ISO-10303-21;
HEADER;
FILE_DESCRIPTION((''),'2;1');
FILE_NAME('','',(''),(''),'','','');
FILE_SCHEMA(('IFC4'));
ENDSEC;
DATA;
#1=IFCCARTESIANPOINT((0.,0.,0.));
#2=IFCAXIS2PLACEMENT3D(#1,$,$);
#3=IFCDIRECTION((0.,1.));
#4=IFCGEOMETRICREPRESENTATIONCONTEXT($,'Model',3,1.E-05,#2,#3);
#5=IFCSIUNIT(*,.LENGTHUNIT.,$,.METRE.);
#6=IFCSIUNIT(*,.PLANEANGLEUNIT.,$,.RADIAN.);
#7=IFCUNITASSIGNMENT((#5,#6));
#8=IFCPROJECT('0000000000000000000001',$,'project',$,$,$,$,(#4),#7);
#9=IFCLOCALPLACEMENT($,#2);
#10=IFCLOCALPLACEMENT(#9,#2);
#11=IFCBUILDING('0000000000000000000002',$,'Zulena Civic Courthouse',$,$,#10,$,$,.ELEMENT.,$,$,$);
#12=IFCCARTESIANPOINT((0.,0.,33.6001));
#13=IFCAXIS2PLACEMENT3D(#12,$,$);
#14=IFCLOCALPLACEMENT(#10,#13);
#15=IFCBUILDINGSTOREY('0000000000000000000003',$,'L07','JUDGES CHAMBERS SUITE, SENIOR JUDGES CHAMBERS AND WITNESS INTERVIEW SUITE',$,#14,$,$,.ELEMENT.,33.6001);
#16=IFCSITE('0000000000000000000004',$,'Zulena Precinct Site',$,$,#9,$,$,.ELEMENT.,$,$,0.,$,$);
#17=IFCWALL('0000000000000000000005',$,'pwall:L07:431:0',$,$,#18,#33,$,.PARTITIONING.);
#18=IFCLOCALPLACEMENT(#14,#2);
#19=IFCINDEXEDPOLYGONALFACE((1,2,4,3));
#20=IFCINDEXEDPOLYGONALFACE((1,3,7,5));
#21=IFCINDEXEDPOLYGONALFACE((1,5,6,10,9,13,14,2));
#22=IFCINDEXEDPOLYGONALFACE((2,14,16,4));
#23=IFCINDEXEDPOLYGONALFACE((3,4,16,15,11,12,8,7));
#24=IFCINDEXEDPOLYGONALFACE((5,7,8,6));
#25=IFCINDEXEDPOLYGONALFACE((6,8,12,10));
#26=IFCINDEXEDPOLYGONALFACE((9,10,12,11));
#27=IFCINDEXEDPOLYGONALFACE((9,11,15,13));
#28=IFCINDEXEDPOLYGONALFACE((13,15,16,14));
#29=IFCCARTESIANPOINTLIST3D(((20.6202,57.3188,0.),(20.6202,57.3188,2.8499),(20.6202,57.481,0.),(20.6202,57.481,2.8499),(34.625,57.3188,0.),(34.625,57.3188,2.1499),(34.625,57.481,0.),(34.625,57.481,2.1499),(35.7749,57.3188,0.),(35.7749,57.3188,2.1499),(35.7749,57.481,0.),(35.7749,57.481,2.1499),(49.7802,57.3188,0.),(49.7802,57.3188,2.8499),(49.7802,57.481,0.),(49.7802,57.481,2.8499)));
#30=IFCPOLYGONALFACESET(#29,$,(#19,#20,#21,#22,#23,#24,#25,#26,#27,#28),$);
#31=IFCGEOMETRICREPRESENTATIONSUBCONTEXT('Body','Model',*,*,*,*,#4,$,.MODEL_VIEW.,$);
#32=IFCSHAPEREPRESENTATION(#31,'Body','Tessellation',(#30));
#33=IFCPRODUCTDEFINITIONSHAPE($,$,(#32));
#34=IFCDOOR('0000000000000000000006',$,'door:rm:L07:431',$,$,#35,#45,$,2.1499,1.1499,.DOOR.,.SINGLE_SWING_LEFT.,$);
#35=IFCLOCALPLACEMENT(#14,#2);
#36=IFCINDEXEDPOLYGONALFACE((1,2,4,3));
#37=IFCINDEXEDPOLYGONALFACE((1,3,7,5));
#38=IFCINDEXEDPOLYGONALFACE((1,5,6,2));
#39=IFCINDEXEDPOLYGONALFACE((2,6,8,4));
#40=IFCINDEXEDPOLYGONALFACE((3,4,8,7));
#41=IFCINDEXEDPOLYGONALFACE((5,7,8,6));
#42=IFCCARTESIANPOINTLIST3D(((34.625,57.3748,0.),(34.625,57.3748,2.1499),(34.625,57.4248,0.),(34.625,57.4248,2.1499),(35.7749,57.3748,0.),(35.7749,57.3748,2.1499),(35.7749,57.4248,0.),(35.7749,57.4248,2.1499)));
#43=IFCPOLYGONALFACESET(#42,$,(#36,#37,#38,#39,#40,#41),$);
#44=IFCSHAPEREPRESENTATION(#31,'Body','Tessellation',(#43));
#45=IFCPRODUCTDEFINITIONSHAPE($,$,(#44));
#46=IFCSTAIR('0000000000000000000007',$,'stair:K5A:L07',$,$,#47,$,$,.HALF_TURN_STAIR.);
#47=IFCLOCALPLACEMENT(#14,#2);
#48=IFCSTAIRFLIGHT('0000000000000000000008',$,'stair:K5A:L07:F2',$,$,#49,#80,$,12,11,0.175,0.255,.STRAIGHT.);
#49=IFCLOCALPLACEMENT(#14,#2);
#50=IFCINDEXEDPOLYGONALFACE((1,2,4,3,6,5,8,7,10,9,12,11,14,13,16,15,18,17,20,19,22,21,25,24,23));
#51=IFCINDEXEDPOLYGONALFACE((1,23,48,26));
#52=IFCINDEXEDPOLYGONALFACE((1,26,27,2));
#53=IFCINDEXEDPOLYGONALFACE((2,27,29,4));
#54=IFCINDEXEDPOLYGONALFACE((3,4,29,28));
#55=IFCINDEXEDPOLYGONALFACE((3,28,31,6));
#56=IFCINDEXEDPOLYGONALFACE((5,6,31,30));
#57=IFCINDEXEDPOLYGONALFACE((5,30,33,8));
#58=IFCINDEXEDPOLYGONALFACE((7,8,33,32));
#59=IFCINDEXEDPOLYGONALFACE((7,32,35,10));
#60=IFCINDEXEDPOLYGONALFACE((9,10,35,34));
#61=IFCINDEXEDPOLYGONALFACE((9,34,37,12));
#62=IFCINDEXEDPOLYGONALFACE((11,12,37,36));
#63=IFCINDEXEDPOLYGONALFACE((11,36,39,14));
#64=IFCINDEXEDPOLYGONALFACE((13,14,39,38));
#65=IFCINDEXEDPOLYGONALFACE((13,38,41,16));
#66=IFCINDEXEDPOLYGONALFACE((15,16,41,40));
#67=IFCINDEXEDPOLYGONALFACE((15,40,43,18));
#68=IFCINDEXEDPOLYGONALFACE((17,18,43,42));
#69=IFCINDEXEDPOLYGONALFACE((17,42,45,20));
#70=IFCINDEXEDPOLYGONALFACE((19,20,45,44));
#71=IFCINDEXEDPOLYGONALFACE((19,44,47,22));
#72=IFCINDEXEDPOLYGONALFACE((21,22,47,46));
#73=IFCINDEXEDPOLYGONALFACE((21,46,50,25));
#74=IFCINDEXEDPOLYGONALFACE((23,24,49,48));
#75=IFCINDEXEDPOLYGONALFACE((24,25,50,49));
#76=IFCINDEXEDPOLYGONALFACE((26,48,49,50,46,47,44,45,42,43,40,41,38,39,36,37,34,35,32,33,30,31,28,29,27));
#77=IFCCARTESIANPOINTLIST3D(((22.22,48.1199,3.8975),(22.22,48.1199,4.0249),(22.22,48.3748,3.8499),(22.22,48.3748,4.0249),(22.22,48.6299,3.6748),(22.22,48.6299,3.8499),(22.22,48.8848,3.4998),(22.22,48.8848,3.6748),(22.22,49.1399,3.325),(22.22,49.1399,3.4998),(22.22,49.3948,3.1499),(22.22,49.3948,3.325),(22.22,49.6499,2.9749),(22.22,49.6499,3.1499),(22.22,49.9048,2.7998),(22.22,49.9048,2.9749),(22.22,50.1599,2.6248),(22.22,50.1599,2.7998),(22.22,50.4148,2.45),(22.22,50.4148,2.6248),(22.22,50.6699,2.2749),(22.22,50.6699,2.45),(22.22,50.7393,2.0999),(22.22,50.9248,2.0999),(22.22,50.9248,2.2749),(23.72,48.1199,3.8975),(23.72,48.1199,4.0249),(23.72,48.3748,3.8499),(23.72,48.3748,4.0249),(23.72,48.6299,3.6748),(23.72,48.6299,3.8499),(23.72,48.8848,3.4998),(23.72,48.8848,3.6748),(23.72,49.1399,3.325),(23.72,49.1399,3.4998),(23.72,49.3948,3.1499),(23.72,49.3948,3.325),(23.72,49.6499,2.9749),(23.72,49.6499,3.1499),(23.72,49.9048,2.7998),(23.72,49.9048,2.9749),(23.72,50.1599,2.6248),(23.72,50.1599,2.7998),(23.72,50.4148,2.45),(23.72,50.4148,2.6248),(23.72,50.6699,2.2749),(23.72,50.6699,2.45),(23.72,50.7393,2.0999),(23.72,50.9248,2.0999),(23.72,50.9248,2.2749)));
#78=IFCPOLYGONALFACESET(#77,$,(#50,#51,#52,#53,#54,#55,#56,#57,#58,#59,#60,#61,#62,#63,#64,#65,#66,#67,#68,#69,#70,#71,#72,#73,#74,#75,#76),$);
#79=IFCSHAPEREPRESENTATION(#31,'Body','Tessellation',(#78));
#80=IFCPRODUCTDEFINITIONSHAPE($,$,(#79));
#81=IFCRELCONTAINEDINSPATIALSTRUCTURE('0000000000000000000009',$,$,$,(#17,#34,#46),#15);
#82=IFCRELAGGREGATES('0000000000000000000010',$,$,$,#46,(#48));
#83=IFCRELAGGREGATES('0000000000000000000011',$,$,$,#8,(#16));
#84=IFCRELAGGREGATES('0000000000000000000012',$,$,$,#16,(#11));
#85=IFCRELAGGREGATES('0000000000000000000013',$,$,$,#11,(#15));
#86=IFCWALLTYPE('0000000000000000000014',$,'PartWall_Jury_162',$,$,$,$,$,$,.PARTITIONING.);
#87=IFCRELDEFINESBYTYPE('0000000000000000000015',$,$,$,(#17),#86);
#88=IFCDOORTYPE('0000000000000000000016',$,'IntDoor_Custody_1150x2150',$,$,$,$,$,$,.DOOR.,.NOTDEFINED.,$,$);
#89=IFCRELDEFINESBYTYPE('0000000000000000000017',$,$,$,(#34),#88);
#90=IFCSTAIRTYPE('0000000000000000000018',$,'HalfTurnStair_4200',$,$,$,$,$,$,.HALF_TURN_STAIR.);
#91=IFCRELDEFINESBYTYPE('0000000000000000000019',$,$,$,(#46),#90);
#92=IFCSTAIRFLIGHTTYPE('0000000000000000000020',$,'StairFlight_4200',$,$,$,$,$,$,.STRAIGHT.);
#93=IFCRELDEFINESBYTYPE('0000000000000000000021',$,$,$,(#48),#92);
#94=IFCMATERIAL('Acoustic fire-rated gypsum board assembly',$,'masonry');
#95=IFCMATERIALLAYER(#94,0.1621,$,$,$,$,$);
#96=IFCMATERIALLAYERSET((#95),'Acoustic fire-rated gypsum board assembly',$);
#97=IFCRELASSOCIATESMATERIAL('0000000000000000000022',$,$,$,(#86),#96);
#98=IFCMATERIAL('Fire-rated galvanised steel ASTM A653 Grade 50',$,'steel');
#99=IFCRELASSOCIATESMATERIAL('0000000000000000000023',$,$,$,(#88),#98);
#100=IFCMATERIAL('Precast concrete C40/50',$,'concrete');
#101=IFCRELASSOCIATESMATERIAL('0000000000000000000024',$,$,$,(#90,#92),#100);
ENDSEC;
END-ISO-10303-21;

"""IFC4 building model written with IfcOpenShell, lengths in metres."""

from ifc_helpers import new_model, si_unit, direction, frame, frame_2d, origin, place, context, subcontext, project, spatial, polyline, rectangle, outline, extrude, material, layer, layer_set, type_object, element, fill, aggregate, save


model = new_model("IFC4")

# Units and contexts
model_context = context("Model", 3, precision=1e-05, world=origin(), true_north=direction((0.0, 1.0)))
body_context = subcontext(model_context, "Body", "Model", "MODEL_VIEW")
ifc_project = project(units=[si_unit("LENGTHUNIT", "METRE"), si_unit("PLANEANGLEUNIT", "RADIAN")], contexts=[model_context])

# Site, building, storey
site_placement = place(None, origin())
site = spatial("IfcSite", under=ifc_project, at=site_placement, Name="Zulena Precinct Site", CompositionType="ELEMENT", RefElevation=0.0)
building_placement = place(site_placement, origin())
building = spatial("IfcBuilding", under=site, at=building_placement, Name="Zulena Civic Courthouse", CompositionType="ELEMENT")
storey_placement = place(building_placement, frame((0.0, 0.0, 33.6001)))
storey = spatial("IfcBuildingStorey", under=building, at=storey_placement, Name="L07", Description="JUDGES CHAMBERS SUITE, SENIOR JUDGES CHAMBERS AND WITNESS INTERVIEW SUITE", CompositionType="ELEMENT", Elevation=33.6001)

# Wall, opening, door
ifc_material_1 = material(Name="Acoustic fire-rated gypsum board assembly", Category="masonry")
ifc_layer_1 = layer(ifc_material_1, 0.1621)
ifc_layer_set_1 = layer_set([ifc_layer_1], Name="Acoustic fire-rated gypsum board assembly")
wall_type_1 = type_object("IfcWallType", Name="PartWall_Jury_162", PredefinedType="PARTITIONING", material=ifc_layer_set_1)
wall_1_placement = place(storey_placement, frame((20.6201, 57.3999, 0.0), z_axis=(0.0, 0.0, 1.0), x_axis=(1.0, 0.0, 0.0)))
wall_1 = element("IfcWall", 1, at=wall_1_placement, inside=storey, type_object=wall_type_1, Name="pwall:L07:431:0", PredefinedType="PARTITIONING", context=body_context, shape_type="SweptSolid", body=[
    extrude(rectangle(XDim=29.1599, YDim=0.1621, at=frame_2d((14.5801, 0.0))), origin(), (0.0, 0.0, 1.0), 2.8499),
])
opening_1_placement = place(wall_1_placement, frame((14.0049, 0.0, 0.0)))
opening_1 = element("IfcOpeningElement", 2, at=opening_1_placement, cuts=wall_1, PredefinedType="OPENING", context=body_context, shape_type="SweptSolid", body=[
    extrude(rectangle(XDim=1.1499, YDim=2.1499, at=frame_2d((0.575, 1.075))), frame((0.0, 0.0911, 0.0), z_axis=(0.0, -1.0, 0.0), x_axis=(1.0, 0.0, 0.0)), (0.0, 0.0, 1.0), 0.1821),
])
ifc_material_2 = material(Name="Fire-rated galvanised steel ASTM A653 Grade 50", Category="steel")
door_type_1 = type_object("IfcDoorType", Name="IntDoor_Custody_1150x2150", OperationType="NOTDEFINED", PredefinedType="DOOR", material=ifc_material_2)
door_1_placement = place(opening_1_placement, origin())
door_1 = element("IfcDoor", 3, at=door_1_placement, inside=storey, type_object=door_type_1, Name="door:rm:L07:431", OperationType="SINGLE_SWING_LEFT", OverallHeight=2.1499, OverallWidth=1.1499, PredefinedType="DOOR", context=body_context, shape_type="SweptSolid", body=[
    extrude(rectangle(XDim=1.1499, YDim=2.1499, at=frame_2d((0.575, 1.075))), frame((0.0, 0.0249, 0.0), z_axis=(0.0, -1.0, 0.0), x_axis=(1.0, 0.0, 0.0)), (0.0, 0.0, 1.0), 0.05),
])
fill(opening_1, door_1)

# Stair, stair flight
ifc_material_3 = material(Name="Precast concrete C40/50", Category="concrete")
stair_type = type_object("IfcStairType", Name="HalfTurnStair_4200", PredefinedType="HALF_TURN_STAIR", material=ifc_material_3)
stair_placement = place(storey_placement, origin())
stair = element("IfcStair", 4, at=stair_placement, inside=storey, type_object=stair_type, Name="stair:K5A:L07", PredefinedType="HALF_TURN_STAIR")
stair_flight_type = type_object("IfcStairFlightType", Name="StairFlight_4200", PredefinedType="STRAIGHT", material=ifc_material_3)
stair_flight_placement = place(storey_placement, frame((22.97, 50.9248, 2.0999), z_axis=(0.0, 0.0, 1.0), x_axis=(0.0, -1.0, 0.0)))
stair_flight = element("IfcStairFlight", 5, at=stair_flight_placement, type_object=stair_flight_type, Name="stair:K5A:L07:F2", NumberOfRisers=12, NumberOfTreads=11, PredefinedType="STRAIGHT", RiserHeight=0.175, TreadLength=0.255, context=body_context, shape_type="SweptSolid", body=[
    extrude(outline(polyline([(0.0, 0.0), (0.0, 0.175), (0.2549, 0.175), (0.2549, 0.3501), (0.51, 0.3501), (0.51, 0.5249), (0.7649, 0.5249), (0.7649, 0.7), (1.02, 0.7), (1.02, 0.875), (1.2749, 0.875), (1.2749, 1.05), (1.53, 1.05), (1.53, 1.2251), (1.7849, 1.2251), (1.7849, 1.3999), (2.04, 1.3999), (2.04, 1.575), (2.2949, 1.575), (2.2949, 1.75), (2.55, 1.75), (2.55, 1.925), (2.8049, 1.925), (2.8049, 2.1001), (2.8049, 1.7976), (0.1855, 0.0), (0.0, 0.0)])), frame((0.0, 0.75, 0.0), z_axis=(0.0, -1.0, 0.0), x_axis=(1.0, 0.0, 0.0)), (0.0, 0.0, 1.0), 1.5),
])
aggregate(stair, [stair_flight])

save(model, "model.ifc")
